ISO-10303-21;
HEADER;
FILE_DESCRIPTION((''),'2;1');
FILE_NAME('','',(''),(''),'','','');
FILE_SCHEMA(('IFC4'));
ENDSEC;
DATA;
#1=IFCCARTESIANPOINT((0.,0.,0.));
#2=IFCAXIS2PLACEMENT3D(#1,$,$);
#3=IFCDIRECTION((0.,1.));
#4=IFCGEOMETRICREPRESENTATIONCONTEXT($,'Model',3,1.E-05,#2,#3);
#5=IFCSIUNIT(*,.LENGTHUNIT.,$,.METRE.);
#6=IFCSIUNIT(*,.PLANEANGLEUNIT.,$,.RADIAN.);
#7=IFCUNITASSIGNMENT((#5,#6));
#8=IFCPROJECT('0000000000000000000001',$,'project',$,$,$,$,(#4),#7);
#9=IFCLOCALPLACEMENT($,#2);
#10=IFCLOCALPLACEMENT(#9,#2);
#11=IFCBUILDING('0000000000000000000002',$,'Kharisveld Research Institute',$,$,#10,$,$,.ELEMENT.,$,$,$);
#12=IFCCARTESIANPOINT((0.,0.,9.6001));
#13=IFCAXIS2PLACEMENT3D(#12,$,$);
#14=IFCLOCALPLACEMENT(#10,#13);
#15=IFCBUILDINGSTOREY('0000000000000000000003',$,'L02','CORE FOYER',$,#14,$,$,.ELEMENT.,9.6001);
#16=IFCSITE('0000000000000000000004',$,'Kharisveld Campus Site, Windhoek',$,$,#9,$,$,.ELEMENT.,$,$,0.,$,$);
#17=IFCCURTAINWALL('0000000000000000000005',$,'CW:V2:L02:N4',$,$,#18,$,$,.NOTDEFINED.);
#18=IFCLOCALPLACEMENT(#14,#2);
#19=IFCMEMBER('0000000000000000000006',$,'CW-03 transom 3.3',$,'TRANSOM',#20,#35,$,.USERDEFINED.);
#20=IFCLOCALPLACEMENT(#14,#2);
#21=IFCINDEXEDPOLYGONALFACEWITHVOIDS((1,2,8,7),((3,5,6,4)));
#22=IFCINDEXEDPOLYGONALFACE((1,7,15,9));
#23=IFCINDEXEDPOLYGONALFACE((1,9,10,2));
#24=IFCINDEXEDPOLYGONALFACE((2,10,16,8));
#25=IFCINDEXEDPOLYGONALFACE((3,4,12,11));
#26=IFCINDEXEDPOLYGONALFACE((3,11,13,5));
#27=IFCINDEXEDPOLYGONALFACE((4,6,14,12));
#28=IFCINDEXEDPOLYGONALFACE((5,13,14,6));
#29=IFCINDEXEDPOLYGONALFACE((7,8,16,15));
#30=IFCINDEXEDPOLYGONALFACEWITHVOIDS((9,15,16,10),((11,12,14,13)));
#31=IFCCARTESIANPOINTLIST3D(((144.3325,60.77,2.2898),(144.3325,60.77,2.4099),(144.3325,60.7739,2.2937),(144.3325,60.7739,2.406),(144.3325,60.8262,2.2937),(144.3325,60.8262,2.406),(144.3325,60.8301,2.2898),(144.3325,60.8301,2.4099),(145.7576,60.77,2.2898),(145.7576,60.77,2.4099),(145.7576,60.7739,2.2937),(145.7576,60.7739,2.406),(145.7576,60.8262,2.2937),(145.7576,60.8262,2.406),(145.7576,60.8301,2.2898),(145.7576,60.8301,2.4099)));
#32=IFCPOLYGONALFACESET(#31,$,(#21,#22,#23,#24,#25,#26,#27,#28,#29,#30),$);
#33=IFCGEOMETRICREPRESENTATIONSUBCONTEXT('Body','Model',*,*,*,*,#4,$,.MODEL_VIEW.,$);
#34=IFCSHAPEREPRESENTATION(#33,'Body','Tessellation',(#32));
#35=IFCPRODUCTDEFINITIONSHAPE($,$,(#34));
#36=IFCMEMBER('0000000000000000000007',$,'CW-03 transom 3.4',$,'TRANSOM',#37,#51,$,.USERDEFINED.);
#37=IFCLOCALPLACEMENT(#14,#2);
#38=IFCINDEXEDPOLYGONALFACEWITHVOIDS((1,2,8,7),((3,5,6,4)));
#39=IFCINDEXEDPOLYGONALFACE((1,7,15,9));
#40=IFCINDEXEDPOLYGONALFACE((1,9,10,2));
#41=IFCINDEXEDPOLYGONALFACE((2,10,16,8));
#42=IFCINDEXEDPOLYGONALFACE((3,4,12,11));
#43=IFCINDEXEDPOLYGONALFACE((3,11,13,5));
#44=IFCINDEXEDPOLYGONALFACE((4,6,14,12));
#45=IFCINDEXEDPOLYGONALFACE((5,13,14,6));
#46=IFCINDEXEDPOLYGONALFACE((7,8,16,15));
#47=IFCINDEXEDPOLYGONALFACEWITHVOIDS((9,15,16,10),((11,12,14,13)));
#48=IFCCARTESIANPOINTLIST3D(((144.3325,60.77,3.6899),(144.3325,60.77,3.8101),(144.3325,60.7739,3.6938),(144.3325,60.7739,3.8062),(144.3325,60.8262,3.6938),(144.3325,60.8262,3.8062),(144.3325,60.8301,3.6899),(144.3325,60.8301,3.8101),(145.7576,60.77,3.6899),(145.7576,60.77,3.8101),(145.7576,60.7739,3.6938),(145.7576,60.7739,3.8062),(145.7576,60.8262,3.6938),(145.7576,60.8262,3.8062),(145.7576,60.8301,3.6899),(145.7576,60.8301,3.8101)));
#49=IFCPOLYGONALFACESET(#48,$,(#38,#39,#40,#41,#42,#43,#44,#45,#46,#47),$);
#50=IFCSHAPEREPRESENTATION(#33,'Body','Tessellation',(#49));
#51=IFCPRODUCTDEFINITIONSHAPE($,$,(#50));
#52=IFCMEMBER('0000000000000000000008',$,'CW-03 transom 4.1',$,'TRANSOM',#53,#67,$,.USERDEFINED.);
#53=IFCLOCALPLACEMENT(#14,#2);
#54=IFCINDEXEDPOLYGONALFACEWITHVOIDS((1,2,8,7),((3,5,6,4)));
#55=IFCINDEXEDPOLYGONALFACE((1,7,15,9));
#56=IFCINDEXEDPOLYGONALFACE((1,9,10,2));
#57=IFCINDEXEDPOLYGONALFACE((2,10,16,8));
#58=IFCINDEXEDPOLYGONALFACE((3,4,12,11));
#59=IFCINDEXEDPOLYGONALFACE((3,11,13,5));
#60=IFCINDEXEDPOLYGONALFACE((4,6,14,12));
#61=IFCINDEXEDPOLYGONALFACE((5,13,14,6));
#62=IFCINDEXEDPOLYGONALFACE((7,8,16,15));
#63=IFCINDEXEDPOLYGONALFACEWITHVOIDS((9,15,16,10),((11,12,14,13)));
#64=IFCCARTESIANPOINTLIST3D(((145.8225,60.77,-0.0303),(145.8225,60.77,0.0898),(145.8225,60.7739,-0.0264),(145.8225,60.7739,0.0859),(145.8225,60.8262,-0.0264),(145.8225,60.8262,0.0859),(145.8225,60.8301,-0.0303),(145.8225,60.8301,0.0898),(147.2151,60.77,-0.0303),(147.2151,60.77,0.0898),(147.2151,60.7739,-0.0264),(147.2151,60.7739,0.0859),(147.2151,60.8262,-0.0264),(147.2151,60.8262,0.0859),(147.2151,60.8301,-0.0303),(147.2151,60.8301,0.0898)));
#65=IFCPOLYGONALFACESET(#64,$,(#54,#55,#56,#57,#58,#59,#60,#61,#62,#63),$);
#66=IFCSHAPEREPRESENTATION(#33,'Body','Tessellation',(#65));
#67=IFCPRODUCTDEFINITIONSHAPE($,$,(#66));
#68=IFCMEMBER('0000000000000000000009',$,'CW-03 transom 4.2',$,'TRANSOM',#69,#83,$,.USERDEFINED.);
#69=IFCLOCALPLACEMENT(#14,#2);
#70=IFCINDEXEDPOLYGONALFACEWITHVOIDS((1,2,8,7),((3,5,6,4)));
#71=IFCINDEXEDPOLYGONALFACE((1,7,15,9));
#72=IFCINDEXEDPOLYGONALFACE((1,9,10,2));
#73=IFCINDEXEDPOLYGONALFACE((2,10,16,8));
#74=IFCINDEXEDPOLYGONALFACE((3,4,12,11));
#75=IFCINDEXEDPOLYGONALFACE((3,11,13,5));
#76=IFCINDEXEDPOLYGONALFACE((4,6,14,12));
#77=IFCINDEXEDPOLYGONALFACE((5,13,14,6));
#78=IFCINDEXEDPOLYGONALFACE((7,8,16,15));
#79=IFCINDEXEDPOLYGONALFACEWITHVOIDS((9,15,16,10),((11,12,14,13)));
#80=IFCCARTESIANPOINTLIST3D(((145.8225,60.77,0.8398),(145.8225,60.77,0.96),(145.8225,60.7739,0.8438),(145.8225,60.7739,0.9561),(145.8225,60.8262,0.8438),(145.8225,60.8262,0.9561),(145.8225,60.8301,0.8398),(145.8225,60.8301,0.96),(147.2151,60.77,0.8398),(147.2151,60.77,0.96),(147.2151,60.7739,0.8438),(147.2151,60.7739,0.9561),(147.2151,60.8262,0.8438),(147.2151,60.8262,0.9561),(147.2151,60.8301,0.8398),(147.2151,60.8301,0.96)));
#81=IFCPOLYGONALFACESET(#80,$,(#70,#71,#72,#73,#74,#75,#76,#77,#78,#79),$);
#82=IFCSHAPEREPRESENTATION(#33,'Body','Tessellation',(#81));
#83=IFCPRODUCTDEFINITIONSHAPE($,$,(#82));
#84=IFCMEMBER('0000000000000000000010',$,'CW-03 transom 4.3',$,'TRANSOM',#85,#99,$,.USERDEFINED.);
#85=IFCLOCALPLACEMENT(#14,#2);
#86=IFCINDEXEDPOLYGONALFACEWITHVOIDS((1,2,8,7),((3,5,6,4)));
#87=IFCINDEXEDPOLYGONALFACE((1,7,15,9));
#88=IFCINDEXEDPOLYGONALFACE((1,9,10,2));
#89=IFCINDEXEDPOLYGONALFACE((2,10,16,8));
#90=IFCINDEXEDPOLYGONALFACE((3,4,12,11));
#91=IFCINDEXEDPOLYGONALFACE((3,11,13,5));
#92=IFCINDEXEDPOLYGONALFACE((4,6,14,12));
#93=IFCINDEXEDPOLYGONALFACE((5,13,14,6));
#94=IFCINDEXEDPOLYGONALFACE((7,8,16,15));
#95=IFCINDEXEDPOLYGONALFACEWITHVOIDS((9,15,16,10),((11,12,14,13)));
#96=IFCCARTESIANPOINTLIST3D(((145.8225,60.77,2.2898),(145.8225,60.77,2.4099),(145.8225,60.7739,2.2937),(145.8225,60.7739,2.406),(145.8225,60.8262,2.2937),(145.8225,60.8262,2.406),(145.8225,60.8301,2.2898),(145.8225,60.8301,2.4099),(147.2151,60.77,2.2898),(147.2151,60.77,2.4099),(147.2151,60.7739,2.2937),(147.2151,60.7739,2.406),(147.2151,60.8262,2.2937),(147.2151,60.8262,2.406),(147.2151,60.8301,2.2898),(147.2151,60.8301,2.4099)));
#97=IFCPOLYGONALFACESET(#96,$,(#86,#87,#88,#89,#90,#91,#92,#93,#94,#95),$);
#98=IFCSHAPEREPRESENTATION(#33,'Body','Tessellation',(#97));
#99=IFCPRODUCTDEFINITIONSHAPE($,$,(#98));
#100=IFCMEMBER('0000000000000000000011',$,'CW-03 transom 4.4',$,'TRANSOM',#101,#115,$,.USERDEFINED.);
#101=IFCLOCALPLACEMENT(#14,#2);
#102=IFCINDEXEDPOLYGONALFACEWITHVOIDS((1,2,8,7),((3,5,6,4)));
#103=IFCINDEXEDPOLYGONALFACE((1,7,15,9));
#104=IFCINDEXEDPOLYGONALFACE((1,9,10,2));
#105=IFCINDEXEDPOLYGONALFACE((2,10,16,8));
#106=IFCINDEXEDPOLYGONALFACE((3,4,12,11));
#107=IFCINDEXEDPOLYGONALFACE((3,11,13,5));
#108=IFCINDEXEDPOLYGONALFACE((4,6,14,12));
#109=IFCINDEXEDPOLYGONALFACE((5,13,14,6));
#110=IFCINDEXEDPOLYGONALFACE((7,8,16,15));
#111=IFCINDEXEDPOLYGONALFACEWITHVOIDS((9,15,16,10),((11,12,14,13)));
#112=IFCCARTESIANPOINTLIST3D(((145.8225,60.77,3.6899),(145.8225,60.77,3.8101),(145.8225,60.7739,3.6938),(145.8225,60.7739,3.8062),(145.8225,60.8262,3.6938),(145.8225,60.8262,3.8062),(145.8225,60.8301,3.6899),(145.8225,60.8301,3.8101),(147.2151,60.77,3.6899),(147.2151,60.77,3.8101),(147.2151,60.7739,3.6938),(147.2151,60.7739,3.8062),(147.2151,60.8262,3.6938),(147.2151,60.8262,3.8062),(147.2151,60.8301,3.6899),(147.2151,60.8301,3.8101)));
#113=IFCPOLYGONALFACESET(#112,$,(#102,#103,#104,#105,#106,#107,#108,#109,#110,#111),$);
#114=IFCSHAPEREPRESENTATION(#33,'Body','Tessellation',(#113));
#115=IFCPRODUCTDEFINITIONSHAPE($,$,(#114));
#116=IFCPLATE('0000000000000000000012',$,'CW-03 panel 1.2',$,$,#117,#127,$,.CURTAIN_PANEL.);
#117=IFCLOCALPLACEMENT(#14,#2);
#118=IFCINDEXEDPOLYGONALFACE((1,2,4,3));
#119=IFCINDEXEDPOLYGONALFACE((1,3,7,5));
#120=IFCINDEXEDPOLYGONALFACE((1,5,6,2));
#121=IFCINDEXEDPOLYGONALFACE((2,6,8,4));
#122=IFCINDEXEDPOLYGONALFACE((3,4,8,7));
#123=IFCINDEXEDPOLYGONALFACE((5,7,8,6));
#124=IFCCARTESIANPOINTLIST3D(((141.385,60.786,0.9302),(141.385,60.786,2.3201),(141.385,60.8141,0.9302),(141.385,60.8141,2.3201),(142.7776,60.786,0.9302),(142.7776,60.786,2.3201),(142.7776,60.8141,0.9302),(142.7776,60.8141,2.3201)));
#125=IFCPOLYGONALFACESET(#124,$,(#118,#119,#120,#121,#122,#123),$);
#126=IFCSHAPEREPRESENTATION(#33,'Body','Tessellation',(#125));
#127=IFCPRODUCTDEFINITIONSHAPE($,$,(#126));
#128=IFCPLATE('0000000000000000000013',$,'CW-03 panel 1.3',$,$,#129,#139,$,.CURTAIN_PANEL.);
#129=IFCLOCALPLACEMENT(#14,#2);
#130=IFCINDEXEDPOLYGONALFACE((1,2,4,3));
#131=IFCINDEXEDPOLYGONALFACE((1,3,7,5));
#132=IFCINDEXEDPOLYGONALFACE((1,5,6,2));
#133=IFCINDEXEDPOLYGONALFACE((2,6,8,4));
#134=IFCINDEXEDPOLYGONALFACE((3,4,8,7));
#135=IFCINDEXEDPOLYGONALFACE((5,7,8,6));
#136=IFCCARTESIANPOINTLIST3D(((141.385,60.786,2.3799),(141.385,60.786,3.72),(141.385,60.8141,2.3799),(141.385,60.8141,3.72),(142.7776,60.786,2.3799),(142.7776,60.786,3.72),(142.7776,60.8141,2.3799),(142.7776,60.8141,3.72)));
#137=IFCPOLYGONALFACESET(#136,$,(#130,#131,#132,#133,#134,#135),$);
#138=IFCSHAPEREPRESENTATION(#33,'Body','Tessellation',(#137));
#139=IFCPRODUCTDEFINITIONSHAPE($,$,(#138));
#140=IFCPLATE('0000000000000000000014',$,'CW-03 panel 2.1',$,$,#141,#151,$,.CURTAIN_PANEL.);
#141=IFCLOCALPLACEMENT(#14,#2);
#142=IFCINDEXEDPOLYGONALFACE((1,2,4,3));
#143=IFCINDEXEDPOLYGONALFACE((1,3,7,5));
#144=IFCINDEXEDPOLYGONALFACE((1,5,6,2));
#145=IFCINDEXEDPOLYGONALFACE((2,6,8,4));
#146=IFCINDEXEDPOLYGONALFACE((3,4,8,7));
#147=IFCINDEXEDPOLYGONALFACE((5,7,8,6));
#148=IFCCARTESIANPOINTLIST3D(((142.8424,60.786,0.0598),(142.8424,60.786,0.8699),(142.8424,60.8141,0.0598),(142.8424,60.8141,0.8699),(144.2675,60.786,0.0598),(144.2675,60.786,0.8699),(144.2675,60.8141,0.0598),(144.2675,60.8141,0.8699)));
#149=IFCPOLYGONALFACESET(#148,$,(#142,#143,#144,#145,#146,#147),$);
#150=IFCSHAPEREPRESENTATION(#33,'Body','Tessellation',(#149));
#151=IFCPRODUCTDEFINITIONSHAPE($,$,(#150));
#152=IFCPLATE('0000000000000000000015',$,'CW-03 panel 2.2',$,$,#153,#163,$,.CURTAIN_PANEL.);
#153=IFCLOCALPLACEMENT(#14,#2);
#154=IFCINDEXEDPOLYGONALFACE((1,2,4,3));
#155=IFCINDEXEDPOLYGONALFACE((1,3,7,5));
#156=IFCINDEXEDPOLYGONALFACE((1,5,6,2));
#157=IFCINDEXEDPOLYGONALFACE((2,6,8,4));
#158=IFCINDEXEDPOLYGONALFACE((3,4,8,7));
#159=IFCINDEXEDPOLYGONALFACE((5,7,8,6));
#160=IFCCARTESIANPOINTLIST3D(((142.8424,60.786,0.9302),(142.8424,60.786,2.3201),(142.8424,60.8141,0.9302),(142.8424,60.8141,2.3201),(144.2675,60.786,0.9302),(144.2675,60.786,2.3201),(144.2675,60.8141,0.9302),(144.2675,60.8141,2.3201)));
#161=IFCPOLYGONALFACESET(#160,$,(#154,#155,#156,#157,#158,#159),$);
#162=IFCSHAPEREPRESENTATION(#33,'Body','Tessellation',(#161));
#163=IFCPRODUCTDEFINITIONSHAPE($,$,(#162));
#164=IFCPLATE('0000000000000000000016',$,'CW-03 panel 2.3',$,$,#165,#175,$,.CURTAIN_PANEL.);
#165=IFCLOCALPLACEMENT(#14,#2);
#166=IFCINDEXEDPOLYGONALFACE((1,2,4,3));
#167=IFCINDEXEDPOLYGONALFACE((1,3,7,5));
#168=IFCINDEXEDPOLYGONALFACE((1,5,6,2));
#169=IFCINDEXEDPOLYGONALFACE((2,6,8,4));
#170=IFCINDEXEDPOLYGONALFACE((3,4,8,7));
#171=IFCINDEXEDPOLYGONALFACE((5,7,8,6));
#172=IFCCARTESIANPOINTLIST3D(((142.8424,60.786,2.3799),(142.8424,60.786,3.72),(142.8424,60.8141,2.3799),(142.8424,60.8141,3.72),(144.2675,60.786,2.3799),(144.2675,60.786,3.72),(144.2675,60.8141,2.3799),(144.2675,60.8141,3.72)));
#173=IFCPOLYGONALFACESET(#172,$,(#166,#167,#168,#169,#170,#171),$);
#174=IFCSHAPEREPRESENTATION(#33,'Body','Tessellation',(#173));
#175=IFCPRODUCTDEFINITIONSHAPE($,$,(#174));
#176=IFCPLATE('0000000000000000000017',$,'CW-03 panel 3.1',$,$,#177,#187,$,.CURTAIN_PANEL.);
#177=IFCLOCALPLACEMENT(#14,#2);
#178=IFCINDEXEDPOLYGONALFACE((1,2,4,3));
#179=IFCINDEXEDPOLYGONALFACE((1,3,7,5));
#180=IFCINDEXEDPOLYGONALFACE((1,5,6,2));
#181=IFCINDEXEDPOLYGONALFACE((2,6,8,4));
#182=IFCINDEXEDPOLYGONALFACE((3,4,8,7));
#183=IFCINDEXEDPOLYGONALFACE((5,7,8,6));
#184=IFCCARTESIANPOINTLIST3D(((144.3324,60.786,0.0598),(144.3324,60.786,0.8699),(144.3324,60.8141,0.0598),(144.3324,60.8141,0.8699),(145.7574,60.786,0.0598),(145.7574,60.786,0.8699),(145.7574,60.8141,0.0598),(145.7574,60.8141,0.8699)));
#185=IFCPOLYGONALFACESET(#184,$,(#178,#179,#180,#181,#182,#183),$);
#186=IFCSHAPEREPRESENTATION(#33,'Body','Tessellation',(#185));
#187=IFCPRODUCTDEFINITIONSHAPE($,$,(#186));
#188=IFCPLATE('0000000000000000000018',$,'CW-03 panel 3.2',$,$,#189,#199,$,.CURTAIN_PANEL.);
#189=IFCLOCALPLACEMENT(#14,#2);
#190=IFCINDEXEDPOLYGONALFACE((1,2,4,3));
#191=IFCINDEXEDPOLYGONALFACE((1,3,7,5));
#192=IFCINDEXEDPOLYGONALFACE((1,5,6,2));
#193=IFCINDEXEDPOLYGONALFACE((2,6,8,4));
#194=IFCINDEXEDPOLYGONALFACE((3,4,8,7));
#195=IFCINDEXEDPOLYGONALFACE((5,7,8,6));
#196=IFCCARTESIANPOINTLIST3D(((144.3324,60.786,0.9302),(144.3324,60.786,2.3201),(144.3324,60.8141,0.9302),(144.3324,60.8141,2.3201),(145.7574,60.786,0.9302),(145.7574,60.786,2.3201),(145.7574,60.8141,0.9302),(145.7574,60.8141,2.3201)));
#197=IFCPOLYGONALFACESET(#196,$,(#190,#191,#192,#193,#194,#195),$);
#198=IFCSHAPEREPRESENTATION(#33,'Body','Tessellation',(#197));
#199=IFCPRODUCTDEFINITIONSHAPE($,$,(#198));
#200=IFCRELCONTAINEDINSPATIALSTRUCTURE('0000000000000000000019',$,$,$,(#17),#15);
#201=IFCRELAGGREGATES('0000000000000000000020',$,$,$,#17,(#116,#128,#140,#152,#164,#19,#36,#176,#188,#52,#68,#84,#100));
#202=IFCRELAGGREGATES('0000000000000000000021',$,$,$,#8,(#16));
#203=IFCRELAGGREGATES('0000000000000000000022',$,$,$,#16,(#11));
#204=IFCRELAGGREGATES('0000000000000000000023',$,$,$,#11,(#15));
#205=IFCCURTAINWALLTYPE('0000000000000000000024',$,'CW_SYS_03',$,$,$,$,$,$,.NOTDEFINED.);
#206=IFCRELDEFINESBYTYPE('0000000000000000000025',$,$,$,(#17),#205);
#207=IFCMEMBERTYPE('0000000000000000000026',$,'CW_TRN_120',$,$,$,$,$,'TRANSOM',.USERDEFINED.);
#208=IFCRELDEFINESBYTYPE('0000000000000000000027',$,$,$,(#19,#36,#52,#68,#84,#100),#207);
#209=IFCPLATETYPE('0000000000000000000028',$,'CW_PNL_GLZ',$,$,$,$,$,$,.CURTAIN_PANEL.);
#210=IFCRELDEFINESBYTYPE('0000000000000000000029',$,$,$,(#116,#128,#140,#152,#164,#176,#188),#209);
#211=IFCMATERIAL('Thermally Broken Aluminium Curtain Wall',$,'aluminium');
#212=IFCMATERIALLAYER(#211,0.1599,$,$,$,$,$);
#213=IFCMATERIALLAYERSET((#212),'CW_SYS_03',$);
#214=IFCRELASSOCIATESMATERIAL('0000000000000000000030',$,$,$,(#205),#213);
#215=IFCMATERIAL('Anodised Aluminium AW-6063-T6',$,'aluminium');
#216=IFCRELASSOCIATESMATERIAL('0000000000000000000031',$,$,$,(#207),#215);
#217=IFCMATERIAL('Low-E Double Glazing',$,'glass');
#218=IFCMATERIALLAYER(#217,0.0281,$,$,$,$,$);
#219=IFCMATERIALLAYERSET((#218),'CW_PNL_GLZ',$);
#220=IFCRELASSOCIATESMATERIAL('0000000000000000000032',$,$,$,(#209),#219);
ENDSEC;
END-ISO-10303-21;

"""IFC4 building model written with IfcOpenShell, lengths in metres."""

from ifc_helpers import new_model, si_unit, direction, frame, origin, origin_2d, place, context, subcontext, project, spatial, rectangle, hollow_rectangle, extrude, material, layer, layer_set, material_profile, profile_set, type_object, element, aggregate, save


model = new_model("IFC4")

# Units and contexts
model_context = context("Model", 3, precision=1e-05, world=origin(), true_north=direction((0.0, 1.0)))
body_context = subcontext(model_context, "Body", "Model", "MODEL_VIEW")
ifc_project = project(units=[si_unit("LENGTHUNIT", "METRE"), si_unit("PLANEANGLEUNIT", "RADIAN")], contexts=[model_context])

# Site, building, storey
site_placement = place(None, origin())
site = spatial("IfcSite", under=ifc_project, at=site_placement, Name="Kharisveld Campus Site, Windhoek", CompositionType="ELEMENT", RefElevation=0.0)
building_placement = place(site_placement, origin())
building = spatial("IfcBuilding", under=site, at=building_placement, Name="Kharisveld Research Institute", CompositionType="ELEMENT")
storey_placement = place(building_placement, frame((0.0, 0.0, 9.6001)))
storey = spatial("IfcBuildingStorey", under=building, at=storey_placement, Name="L02", Description="CORE FOYER", CompositionType="ELEMENT", Elevation=9.6001)

# Curtain wall, members, plates
ifc_material_1 = material(Name="Thermally Broken Aluminium Curtain Wall", Category="aluminium")
ifc_layer_1 = layer(ifc_material_1, 0.1599)
ifc_layer_set_1 = layer_set([ifc_layer_1], Name="CW_SYS_03")
curtain_wall_type = type_object("IfcCurtainWallType", Name="CW_SYS_03", PredefinedType="NOTDEFINED", material=ifc_layer_set_1)
curtain_wall_placement = place(storey_placement, origin())
curtain_wall = element("IfcCurtainWall", 1, at=curtain_wall_placement, inside=storey, type_object=curtain_wall_type, Name="CW:V2:L02:N4", PredefinedType="NOTDEFINED")
ifc_material_2 = material(Name="Anodised Aluminium AW-6063-T6", Category="aluminium")
ifc_material_profile_1 = material_profile(ifc_material_2, hollow_rectangle(XDim=0.0601, YDim=0.1201, WallThickness=0.0039, at=origin_2d()))
ifc_profile_set_1 = profile_set([ifc_material_profile_1], Name="Anodised Aluminium AW-6063-T6")
member_type_1 = type_object("IfcMemberType", Name="CW_TRN_120", ElementType="TRANSOM", PredefinedType="USERDEFINED", material=ifc_profile_set_1)
member_1_placement = place(storey_placement, frame((144.3325, 60.8, 2.3499), z_axis=(1.0, 0.0, 0.0), x_axis=(0.0, 1.0, 0.0)))
member_1 = element("IfcMember", 2, at=member_1_placement, type_object=member_type_1, Name="CW-03 transom 3.3", ObjectType="TRANSOM", PredefinedType="USERDEFINED", context=body_context, shape_type="SweptSolid", body=[
    extrude(hollow_rectangle(XDim=0.0601, YDim=0.1201, WallThickness=0.0039, at=origin_2d()), origin(), (0.0, 0.0, 1.0), 1.425),
])
member_2_placement = place(storey_placement, frame((144.3325, 60.8, 3.75), z_axis=(1.0, 0.0, 0.0), x_axis=(0.0, 1.0, 0.0)))
member_2 = element("IfcMember", 3, at=member_2_placement, type_object=member_type_1, Name="CW-03 transom 3.4", ObjectType="TRANSOM", PredefinedType="USERDEFINED", context=body_context, shape_type="SweptSolid", body=[
    extrude(hollow_rectangle(XDim=0.0601, YDim=0.1201, WallThickness=0.0039, at=origin_2d()), origin(), (0.0, 0.0, 1.0), 1.425),
])
member_3_placement = place(storey_placement, frame((145.8225, 60.8, 0.0298), z_axis=(1.0, 0.0, 0.0), x_axis=(0.0, 1.0, 0.0)))
member_3 = element("IfcMember", 4, at=member_3_placement, type_object=member_type_1, Name="CW-03 transom 4.1", ObjectType="TRANSOM", PredefinedType="USERDEFINED", context=body_context, shape_type="SweptSolid", body=[
    extrude(hollow_rectangle(XDim=0.0601, YDim=0.1201, WallThickness=0.0039, at=origin_2d()), origin(), (0.0, 0.0, 1.0), 1.3926),
])
member_4_placement = place(storey_placement, frame((145.8225, 60.8, 0.8999), z_axis=(1.0, 0.0, 0.0), x_axis=(0.0, 1.0, 0.0)))
member_4 = element("IfcMember", 5, at=member_4_placement, type_object=member_type_1, Name="CW-03 transom 4.2", ObjectType="TRANSOM", PredefinedType="USERDEFINED", context=body_context, shape_type="SweptSolid", body=[
    extrude(hollow_rectangle(XDim=0.0601, YDim=0.1201, WallThickness=0.0039, at=origin_2d()), origin(), (0.0, 0.0, 1.0), 1.3926),
])
member_5_placement = place(storey_placement, frame((145.8225, 60.8, 2.3499), z_axis=(1.0, 0.0, 0.0), x_axis=(0.0, 1.0, 0.0)))
member_5 = element("IfcMember", 6, at=member_5_placement, type_object=member_type_1, Name="CW-03 transom 4.3", ObjectType="TRANSOM", PredefinedType="USERDEFINED", context=body_context, shape_type="SweptSolid", body=[
    extrude(hollow_rectangle(XDim=0.0601, YDim=0.1201, WallThickness=0.0039, at=origin_2d()), origin(), (0.0, 0.0, 1.0), 1.3926),
])
member_6_placement = place(storey_placement, frame((145.8225, 60.8, 3.75), z_axis=(1.0, 0.0, 0.0), x_axis=(0.0, 1.0, 0.0)))
member_6 = element("IfcMember", 7, at=member_6_placement, type_object=member_type_1, Name="CW-03 transom 4.4", ObjectType="TRANSOM", PredefinedType="USERDEFINED", context=body_context, shape_type="SweptSolid", body=[
    extrude(hollow_rectangle(XDim=0.0601, YDim=0.1201, WallThickness=0.0039, at=origin_2d()), origin(), (0.0, 0.0, 1.0), 1.3926),
])
ifc_material_3 = material(Name="Low-E Double Glazing", Category="glass")
ifc_layer_2 = layer(ifc_material_3, 0.0281)
ifc_layer_set_2 = layer_set([ifc_layer_2], Name="CW_PNL_GLZ")
plate_type = type_object("IfcPlateType", Name="CW_PNL_GLZ", PredefinedType="CURTAIN_PANEL", material=ifc_layer_set_2)
plate_1_placement = place(storey_placement, frame((142.0813, 60.8, 0.9302), z_axis=(0.0, 0.0, 1.0), x_axis=(1.0, 0.0, 0.0)))
plate_1 = element("IfcPlate", 8, at=plate_1_placement, type_object=plate_type, Name="CW-03 panel 1.2", PredefinedType="CURTAIN_PANEL", context=body_context, shape_type="SweptSolid", body=[
    extrude(rectangle(XDim=1.3926, YDim=0.0281, at=origin_2d()), origin(), (0.0, 0.0, 1.0), 1.3899),
])
plate_2_placement = place(storey_placement, frame((142.0813, 60.8, 2.3799), z_axis=(0.0, 0.0, 1.0), x_axis=(1.0, 0.0, 0.0)))
plate_2 = element("IfcPlate", 9, at=plate_2_placement, type_object=plate_type, Name="CW-03 panel 1.3", PredefinedType="CURTAIN_PANEL", context=body_context, shape_type="SweptSolid", body=[
    extrude(rectangle(XDim=1.3926, YDim=0.0281, at=origin_2d()), origin(), (0.0, 0.0, 1.0), 1.3401),
])
plate_3_placement = place(storey_placement, frame((143.5549, 60.8, 0.0598), z_axis=(0.0, 0.0, 1.0), x_axis=(1.0, 0.0, 0.0)))
plate_3 = element("IfcPlate", 10, at=plate_3_placement, type_object=plate_type, Name="CW-03 panel 2.1", PredefinedType="CURTAIN_PANEL", context=body_context, shape_type="SweptSolid", body=[
    extrude(rectangle(XDim=1.425, YDim=0.0281, at=origin_2d()), origin(), (0.0, 0.0, 1.0), 0.8101),
])
plate_4_placement = place(storey_placement, frame((143.5549, 60.8, 0.9302), z_axis=(0.0, 0.0, 1.0), x_axis=(1.0, 0.0, 0.0)))
plate_4 = element("IfcPlate", 11, at=plate_4_placement, type_object=plate_type, Name="CW-03 panel 2.2", PredefinedType="CURTAIN_PANEL", context=body_context, shape_type="SweptSolid", body=[
    extrude(rectangle(XDim=1.425, YDim=0.0281, at=origin_2d()), origin(), (0.0, 0.0, 1.0), 1.3899),
])
plate_5_placement = place(storey_placement, frame((143.5549, 60.8, 2.3799), z_axis=(0.0, 0.0, 1.0), x_axis=(1.0, 0.0, 0.0)))
plate_5 = element("IfcPlate", 12, at=plate_5_placement, type_object=plate_type, Name="CW-03 panel 2.3", PredefinedType="CURTAIN_PANEL", context=body_context, shape_type="SweptSolid", body=[
    extrude(rectangle(XDim=1.425, YDim=0.0281, at=origin_2d()), origin(), (0.0, 0.0, 1.0), 1.3401),
])
plate_6_placement = place(storey_placement, frame((145.0449, 60.8, 0.0598), z_axis=(0.0, 0.0, 1.0), x_axis=(1.0, 0.0, 0.0)))
plate_6 = element("IfcPlate", 13, at=plate_6_placement, type_object=plate_type, Name="CW-03 panel 3.1", PredefinedType="CURTAIN_PANEL", context=body_context, shape_type="SweptSolid", body=[
    extrude(rectangle(XDim=1.425, YDim=0.0281, at=origin_2d()), origin(), (0.0, 0.0, 1.0), 0.8101),
])
plate_7_placement = place(storey_placement, frame((145.0449, 60.8, 0.9302), z_axis=(0.0, 0.0, 1.0), x_axis=(1.0, 0.0, 0.0)))
plate_7 = element("IfcPlate", 14, at=plate_7_placement, type_object=plate_type, Name="CW-03 panel 3.2", PredefinedType="CURTAIN_PANEL", context=body_context, shape_type="SweptSolid", body=[
    extrude(rectangle(XDim=1.425, YDim=0.0281, at=origin_2d()), origin(), (0.0, 0.0, 1.0), 1.3899),
])
aggregate(curtain_wall, [plate_1, plate_2, plate_3, plate_4, plate_5, member_1, member_2, plate_6, plate_7, member_3, member_4, member_5, member_6])

save(model, "model.ifc")
